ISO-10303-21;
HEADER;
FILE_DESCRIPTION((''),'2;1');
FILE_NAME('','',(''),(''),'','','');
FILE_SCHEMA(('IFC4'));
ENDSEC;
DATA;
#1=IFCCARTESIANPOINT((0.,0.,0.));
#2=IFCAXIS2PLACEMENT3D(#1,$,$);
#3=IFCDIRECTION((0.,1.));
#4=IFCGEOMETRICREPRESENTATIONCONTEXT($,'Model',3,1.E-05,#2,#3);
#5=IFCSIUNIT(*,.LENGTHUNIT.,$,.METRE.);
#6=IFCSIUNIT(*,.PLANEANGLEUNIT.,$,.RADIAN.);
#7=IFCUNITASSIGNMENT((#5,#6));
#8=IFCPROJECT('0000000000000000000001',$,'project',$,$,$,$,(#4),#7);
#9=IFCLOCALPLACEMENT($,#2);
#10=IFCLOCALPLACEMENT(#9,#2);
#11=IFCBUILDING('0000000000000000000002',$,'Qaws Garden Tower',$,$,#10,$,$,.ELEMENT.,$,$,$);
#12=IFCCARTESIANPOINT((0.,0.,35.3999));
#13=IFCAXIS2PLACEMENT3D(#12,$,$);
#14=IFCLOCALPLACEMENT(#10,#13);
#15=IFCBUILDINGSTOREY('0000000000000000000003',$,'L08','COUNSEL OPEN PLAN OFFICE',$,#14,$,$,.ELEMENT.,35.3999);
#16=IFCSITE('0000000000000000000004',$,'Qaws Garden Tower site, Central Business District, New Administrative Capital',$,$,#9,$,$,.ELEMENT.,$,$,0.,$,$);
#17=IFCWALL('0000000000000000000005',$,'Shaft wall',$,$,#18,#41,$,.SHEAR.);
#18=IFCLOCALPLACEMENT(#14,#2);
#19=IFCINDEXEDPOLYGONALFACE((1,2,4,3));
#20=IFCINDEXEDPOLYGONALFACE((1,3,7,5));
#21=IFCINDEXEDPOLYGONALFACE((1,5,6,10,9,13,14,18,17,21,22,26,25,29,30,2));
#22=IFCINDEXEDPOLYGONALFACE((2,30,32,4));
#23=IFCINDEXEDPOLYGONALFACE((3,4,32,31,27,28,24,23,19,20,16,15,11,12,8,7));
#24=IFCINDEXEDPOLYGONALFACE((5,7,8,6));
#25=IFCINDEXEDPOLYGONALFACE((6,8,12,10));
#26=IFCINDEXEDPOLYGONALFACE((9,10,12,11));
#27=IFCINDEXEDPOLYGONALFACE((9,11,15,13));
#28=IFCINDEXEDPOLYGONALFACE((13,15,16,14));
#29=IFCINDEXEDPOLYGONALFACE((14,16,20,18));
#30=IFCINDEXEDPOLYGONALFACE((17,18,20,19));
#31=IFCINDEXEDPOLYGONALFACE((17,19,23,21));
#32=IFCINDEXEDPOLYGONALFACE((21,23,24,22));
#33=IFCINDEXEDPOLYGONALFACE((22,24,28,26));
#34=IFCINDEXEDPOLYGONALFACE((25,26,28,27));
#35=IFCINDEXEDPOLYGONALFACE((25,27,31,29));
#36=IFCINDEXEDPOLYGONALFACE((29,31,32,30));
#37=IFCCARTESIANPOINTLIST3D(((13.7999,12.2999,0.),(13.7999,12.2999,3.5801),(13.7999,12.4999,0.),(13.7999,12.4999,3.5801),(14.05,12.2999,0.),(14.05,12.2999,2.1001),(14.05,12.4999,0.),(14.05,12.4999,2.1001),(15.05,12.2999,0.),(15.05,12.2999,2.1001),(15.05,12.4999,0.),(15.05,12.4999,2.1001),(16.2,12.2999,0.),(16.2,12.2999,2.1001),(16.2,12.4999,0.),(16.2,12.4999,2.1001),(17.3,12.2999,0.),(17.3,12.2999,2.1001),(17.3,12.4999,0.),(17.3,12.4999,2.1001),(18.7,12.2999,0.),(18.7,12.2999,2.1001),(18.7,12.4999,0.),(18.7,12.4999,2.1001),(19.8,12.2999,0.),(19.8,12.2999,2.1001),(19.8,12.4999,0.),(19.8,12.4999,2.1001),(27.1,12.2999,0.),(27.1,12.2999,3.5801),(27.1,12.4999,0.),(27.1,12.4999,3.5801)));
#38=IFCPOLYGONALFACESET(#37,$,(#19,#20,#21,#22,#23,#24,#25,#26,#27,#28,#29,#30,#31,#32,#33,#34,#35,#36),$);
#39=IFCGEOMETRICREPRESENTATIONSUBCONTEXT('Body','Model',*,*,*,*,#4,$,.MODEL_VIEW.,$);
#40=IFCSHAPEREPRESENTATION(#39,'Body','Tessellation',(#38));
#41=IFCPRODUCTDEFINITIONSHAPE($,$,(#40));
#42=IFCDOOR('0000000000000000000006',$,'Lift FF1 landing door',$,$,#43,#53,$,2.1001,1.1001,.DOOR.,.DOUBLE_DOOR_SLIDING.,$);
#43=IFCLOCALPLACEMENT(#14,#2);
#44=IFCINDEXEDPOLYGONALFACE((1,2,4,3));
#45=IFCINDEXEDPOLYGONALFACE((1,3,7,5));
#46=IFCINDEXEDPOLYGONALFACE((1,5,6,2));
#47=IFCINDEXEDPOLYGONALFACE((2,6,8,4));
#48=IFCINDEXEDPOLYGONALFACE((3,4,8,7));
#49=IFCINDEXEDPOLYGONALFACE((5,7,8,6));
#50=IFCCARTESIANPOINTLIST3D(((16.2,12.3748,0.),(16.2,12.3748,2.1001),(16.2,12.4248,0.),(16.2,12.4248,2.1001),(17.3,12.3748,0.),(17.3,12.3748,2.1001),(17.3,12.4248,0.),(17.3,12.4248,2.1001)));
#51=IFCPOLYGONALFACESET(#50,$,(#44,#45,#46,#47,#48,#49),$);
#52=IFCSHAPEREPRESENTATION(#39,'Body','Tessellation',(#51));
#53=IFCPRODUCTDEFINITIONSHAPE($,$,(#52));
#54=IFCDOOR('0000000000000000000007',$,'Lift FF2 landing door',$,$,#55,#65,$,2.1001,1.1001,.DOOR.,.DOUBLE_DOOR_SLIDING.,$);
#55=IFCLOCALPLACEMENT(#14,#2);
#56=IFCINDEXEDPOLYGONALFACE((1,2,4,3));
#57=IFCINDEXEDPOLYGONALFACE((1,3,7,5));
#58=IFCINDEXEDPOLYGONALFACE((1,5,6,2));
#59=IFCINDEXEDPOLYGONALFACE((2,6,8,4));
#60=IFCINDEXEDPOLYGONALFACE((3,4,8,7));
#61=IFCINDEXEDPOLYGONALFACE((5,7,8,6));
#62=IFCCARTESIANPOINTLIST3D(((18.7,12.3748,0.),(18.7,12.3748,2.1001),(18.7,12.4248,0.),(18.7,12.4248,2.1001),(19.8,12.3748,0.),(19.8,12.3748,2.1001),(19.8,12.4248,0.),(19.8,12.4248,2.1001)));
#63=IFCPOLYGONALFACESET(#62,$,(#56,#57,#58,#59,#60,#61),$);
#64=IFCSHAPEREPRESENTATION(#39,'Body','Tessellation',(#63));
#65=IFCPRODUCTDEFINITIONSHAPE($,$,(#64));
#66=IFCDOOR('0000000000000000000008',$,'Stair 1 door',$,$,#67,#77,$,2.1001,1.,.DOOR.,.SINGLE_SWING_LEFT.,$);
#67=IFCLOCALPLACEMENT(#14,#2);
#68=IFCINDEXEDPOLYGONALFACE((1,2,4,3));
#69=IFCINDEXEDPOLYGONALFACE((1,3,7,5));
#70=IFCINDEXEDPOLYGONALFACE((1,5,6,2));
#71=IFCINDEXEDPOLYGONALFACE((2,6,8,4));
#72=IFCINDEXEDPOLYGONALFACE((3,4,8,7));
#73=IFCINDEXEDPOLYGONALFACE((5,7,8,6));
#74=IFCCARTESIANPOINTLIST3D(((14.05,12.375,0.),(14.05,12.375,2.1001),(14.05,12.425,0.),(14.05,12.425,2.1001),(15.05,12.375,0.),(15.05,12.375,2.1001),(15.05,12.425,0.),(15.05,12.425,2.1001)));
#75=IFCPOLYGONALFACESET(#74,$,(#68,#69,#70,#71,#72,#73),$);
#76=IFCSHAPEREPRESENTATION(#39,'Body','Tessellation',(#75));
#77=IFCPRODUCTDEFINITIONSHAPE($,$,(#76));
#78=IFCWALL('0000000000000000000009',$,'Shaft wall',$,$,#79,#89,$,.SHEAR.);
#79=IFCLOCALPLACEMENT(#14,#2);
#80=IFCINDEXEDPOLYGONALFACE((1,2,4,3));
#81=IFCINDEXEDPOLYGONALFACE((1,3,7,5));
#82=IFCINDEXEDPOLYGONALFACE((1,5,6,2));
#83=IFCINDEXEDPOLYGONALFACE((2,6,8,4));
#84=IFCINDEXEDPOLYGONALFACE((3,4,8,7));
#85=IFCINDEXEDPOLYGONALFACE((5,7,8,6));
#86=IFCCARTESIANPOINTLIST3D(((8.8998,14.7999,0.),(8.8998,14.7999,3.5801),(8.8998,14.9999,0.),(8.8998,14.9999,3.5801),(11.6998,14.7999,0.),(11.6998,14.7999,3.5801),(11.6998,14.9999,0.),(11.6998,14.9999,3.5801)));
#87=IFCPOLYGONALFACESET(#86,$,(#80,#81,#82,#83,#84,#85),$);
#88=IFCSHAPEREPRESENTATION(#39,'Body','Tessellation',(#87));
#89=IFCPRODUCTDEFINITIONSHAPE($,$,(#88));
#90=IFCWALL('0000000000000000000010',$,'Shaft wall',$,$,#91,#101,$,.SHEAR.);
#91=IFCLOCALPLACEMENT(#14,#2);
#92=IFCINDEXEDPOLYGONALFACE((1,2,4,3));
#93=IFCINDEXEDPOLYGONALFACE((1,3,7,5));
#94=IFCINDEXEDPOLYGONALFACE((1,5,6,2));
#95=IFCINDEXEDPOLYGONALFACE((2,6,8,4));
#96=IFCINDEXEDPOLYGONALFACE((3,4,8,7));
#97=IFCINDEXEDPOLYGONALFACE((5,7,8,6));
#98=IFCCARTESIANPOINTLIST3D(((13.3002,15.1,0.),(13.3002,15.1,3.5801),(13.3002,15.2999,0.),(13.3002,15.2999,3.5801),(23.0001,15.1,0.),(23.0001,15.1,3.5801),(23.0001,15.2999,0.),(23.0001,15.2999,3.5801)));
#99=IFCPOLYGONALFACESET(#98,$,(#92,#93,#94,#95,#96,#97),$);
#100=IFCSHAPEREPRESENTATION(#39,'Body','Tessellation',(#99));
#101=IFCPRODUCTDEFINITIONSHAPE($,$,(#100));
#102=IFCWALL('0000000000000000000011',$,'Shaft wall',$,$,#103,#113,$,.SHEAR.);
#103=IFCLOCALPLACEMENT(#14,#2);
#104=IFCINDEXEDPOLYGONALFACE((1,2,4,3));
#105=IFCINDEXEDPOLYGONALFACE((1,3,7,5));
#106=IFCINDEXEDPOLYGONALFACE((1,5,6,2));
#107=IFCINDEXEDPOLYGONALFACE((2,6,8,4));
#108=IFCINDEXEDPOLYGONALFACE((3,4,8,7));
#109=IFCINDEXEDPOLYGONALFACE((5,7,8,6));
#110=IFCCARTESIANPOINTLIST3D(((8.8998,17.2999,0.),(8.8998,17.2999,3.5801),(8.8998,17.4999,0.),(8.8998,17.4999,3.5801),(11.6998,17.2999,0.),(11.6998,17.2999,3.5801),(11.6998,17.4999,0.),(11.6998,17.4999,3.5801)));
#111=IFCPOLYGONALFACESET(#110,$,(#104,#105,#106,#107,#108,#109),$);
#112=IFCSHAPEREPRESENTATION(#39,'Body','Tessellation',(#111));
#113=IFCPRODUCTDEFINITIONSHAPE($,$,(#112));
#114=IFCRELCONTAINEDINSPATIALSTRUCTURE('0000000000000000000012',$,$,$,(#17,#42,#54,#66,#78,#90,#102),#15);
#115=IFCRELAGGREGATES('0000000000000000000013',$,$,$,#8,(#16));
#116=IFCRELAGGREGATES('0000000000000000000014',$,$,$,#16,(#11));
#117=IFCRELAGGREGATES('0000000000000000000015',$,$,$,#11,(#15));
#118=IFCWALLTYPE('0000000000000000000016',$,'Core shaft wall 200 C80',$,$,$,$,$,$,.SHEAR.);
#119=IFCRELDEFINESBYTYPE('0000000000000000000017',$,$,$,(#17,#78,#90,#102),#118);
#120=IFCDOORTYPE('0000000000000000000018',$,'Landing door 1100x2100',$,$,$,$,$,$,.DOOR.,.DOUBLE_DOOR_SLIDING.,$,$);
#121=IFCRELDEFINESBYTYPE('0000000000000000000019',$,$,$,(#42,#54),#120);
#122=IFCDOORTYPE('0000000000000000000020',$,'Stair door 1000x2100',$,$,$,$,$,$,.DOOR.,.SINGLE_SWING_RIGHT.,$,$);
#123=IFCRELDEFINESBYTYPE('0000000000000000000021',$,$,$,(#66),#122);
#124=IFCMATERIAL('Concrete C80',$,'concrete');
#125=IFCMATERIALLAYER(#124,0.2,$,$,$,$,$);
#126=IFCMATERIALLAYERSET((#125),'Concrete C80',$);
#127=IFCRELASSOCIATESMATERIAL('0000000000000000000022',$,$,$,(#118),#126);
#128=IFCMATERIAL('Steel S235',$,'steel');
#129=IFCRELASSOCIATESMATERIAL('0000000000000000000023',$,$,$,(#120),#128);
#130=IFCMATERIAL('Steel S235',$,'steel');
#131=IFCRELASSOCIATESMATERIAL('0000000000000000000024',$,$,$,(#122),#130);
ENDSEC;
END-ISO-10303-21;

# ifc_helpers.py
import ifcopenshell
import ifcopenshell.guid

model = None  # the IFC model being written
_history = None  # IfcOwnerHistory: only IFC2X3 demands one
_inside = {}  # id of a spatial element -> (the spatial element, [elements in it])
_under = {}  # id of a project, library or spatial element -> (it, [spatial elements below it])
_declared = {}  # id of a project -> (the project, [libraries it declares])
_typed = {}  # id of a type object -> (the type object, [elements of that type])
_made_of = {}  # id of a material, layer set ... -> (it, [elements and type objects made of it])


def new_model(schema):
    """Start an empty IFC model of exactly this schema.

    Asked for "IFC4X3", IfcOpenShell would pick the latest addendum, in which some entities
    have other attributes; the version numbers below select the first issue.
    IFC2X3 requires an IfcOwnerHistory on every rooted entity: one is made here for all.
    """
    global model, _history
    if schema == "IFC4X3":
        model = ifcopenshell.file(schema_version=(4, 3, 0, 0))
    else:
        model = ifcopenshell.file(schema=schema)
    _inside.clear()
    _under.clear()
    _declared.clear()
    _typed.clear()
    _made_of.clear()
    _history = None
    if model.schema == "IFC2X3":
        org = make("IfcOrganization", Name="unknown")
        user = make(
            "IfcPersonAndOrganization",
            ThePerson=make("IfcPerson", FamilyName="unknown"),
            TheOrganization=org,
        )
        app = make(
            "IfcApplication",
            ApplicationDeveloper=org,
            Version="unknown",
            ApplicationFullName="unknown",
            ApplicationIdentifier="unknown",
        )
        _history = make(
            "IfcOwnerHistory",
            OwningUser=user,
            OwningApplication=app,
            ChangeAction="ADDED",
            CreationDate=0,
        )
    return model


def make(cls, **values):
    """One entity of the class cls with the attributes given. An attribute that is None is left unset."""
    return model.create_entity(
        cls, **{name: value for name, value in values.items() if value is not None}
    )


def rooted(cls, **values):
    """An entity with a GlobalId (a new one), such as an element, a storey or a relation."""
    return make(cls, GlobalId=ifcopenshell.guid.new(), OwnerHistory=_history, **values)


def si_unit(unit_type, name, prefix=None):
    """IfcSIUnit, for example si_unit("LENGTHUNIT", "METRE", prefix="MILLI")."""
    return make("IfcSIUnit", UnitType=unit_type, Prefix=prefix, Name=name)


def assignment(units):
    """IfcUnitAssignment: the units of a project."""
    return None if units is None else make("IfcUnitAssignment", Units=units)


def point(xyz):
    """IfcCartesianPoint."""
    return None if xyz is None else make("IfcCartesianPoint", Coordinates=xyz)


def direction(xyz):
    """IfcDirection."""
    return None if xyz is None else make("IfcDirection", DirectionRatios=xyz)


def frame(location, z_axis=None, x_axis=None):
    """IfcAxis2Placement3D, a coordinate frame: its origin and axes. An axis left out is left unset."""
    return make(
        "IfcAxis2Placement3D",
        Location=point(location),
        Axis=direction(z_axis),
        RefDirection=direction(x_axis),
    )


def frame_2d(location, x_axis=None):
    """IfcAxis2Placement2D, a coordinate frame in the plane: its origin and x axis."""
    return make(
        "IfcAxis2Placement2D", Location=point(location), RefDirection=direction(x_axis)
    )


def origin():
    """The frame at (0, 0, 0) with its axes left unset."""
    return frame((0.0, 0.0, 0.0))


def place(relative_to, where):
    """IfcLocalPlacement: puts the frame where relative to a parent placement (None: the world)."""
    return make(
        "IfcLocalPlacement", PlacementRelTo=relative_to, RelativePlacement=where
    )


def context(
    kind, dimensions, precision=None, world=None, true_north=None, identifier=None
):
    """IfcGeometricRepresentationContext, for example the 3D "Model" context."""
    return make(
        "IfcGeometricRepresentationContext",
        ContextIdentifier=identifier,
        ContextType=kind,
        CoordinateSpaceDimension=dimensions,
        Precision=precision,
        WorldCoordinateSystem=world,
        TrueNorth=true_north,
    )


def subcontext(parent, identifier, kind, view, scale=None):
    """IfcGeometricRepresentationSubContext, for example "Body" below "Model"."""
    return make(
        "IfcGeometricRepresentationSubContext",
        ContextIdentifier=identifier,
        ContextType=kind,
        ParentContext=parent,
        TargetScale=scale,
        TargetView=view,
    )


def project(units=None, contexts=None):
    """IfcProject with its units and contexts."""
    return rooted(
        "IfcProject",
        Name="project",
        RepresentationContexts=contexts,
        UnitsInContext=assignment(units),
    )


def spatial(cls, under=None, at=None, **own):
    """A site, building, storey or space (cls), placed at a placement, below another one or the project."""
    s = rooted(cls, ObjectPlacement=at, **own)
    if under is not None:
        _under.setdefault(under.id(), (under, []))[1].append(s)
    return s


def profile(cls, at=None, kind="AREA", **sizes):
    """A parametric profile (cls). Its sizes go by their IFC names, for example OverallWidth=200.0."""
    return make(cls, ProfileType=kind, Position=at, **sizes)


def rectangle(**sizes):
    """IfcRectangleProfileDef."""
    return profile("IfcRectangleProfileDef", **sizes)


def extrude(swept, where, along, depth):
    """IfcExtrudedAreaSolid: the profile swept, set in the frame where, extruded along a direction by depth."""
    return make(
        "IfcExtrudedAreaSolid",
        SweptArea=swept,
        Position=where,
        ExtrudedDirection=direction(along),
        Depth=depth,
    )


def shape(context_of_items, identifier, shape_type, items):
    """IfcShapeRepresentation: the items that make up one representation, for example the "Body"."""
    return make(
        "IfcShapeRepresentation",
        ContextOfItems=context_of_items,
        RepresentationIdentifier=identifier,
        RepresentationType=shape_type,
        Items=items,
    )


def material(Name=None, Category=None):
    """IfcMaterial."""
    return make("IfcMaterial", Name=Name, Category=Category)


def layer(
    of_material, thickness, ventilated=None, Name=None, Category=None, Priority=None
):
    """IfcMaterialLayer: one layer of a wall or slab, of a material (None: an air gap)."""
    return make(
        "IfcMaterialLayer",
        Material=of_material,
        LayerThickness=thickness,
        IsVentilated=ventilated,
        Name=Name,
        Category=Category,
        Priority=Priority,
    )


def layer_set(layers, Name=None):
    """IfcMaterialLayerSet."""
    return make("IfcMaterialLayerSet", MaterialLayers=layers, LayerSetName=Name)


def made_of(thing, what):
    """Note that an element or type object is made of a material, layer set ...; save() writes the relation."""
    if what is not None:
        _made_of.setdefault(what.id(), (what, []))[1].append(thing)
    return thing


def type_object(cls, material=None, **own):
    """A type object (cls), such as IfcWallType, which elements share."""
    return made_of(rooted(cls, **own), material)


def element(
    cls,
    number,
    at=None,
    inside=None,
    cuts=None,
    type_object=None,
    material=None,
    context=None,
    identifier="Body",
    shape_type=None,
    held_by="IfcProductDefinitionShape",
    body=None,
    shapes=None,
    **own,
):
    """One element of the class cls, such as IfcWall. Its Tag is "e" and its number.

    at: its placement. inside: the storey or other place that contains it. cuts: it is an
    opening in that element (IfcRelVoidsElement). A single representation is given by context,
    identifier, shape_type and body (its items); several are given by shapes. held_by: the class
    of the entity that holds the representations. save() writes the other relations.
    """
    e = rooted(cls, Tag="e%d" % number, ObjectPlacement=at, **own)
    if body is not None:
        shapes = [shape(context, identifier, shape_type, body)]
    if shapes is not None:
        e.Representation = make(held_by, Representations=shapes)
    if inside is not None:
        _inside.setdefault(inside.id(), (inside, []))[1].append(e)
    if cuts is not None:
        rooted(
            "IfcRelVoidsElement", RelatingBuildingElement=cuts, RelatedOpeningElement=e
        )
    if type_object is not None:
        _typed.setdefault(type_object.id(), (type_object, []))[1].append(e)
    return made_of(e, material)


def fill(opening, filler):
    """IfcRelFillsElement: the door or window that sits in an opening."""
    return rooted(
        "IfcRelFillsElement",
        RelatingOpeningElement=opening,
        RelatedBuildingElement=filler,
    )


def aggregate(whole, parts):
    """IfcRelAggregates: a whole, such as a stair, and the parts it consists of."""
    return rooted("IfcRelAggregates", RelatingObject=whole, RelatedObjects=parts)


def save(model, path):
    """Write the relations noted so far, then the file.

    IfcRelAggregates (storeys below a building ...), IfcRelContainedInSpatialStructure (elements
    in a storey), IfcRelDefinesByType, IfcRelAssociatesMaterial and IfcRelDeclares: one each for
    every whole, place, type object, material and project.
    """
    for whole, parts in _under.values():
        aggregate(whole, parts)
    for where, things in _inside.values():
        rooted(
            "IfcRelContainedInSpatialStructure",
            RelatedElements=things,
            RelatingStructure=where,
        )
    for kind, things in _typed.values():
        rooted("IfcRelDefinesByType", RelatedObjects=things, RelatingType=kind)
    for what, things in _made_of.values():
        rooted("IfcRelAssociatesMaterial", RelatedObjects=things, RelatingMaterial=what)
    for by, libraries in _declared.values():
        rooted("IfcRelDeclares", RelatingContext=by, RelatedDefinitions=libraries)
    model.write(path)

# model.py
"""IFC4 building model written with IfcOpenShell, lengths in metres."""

from ifc_helpers import new_model, si_unit, direction, frame, frame_2d, origin, place, context, subcontext, project, spatial, rectangle, extrude, material, layer, layer_set, type_object, element, fill, save


model = new_model("IFC4")

# Units and contexts
model_context = context("Model", 3, precision=1e-05, world=origin(), true_north=direction((0.0, 1.0)))
body_context = subcontext(model_context, "Body", "Model", "MODEL_VIEW")
ifc_project = project(units=[si_unit("LENGTHUNIT", "METRE"), si_unit("PLANEANGLEUNIT", "RADIAN")], contexts=[model_context])

# Site, building, storey
site_placement = place(None, origin())
site = spatial("IfcSite", under=ifc_project, at=site_placement, Name="Qaws Garden Tower site, Central Business District, New Administrative Capital", CompositionType="ELEMENT", RefElevation=0.0)
building_placement = place(site_placement, origin())
building = spatial("IfcBuilding", under=site, at=building_placement, Name="Qaws Garden Tower", CompositionType="ELEMENT")
storey_placement = place(building_placement, frame((0.0, 0.0, 35.3999)))
storey = spatial("IfcBuildingStorey", under=building, at=storey_placement, Name="L08", Description="COUNSEL OPEN PLAN OFFICE", CompositionType="ELEMENT", Elevation=35.3999)

# Shared definitions
ifc_material_1 = material(Name="Concrete C80", Category="concrete")
ifc_layer_1 = layer(ifc_material_1, 0.2)
ifc_layer_set_1 = layer_set([ifc_layer_1], Name="Concrete C80")
wall_type_1 = type_object("IfcWallType", Name="Core shaft wall 200 C80", PredefinedType="SHEAR", material=ifc_layer_set_1)

# Wall, openings, doors
wall_1_placement = place(storey_placement, frame((13.8, 12.3999, 0.0), z_axis=(0.0, 0.0, 1.0), x_axis=(1.0, 0.0, 0.0)))
wall_1 = element("IfcWall", 1, at=wall_1_placement, inside=storey, type_object=wall_type_1, Name="Shaft wall", PredefinedType="SHEAR", context=body_context, shape_type="SweptSolid", body=[
    extrude(rectangle(XDim=13.3, YDim=0.2, at=frame_2d((6.6499, 0.0))), origin(), (0.0, 0.0, 1.0), 3.5801),
])
opening_1_placement = place(wall_1_placement, frame((2.3999, 0.0, 0.0)))
opening_1 = element("IfcOpeningElement", 2, at=opening_1_placement, cuts=wall_1, PredefinedType="OPENING", context=body_context, shape_type="SweptSolid", body=[
    extrude(rectangle(XDim=1.1001, YDim=2.1001, at=frame_2d((0.55, 1.05))), frame((0.0, 0.1099, 0.0), z_axis=(0.0, -1.0, 0.0), x_axis=(1.0, 0.0, 0.0)), (0.0, 0.0, 1.0), 0.22),
])
opening_2_placement = place(wall_1_placement, frame((4.8999, 0.0, 0.0)))
opening_2 = element("IfcOpeningElement", 3, at=opening_2_placement, cuts=wall_1, PredefinedType="OPENING", context=body_context, shape_type="SweptSolid", body=[
    extrude(rectangle(XDim=1.1001, YDim=2.1001, at=frame_2d((0.55, 1.05))), frame((0.0, 0.1099, 0.0), z_axis=(0.0, -1.0, 0.0), x_axis=(1.0, 0.0, 0.0)), (0.0, 0.0, 1.0), 0.22),
])
opening_3_placement = place(wall_1_placement, frame((0.25, 0.0, 0.0)))
opening_3 = element("IfcOpeningElement", 4, at=opening_3_placement, cuts=wall_1, PredefinedType="OPENING", context=body_context, shape_type="SweptSolid", body=[
    extrude(rectangle(XDim=1.0, YDim=2.1001, at=frame_2d((0.5, 1.05))), frame((0.0, 0.1099, 0.0), z_axis=(0.0, -1.0, 0.0), x_axis=(1.0, 0.0, 0.0)), (0.0, 0.0, 1.0), 0.22),
])
ifc_material_2 = material(Name="Steel S235", Category="steel")
door_type_1 = type_object("IfcDoorType", Name="Landing door 1100x2100", OperationType="DOUBLE_DOOR_SLIDING", PredefinedType="DOOR", material=ifc_material_2)
door_1_placement = place(opening_1_placement, origin())
door_1 = element("IfcDoor", 5, at=door_1_placement, inside=storey, type_object=door_type_1, Name="Lift FF1 landing door", OperationType="DOUBLE_DOOR_SLIDING", OverallHeight=2.1001, OverallWidth=1.1001, PredefinedType="DOOR", context=body_context, shape_type="SweptSolid", body=[
    extrude(rectangle(XDim=1.1001, YDim=2.1001, at=frame_2d((0.55, 1.05))), frame((0.0, 0.0249, 0.0), z_axis=(0.0, -1.0, 0.0), x_axis=(1.0, 0.0, 0.0)), (0.0, 0.0, 1.0), 0.05),
])
fill(opening_1, door_1)
door_2_placement = place(opening_2_placement, origin())
door_2 = element("IfcDoor", 6, at=door_2_placement, inside=storey, type_object=door_type_1, Name="Lift FF2 landing door", OperationType="DOUBLE_DOOR_SLIDING", OverallHeight=2.1001, OverallWidth=1.1001, PredefinedType="DOOR", context=body_context, shape_type="SweptSolid", body=[
    extrude(rectangle(XDim=1.1001, YDim=2.1001, at=frame_2d((0.55, 1.05))), frame((0.0, 0.0249, 0.0), z_axis=(0.0, -1.0, 0.0), x_axis=(1.0, 0.0, 0.0)), (0.0, 0.0, 1.0), 0.05),
])
fill(opening_2, door_2)
ifc_material_3 = material(Name="Steel S235", Category="steel")
door_type_2 = type_object("IfcDoorType", Name="Stair door 1000x2100", OperationType="SINGLE_SWING_RIGHT", PredefinedType="DOOR", material=ifc_material_3)
door_3_placement = place(opening_3_placement, frame((1.0, 0.0, 0.0), z_axis=(0.0, 0.0, 1.0), x_axis=(-1.0, 0.0, 0.0)))
door_3 = element("IfcDoor", 7, at=door_3_placement, inside=storey, type_object=door_type_2, Name="Stair 1 door", OperationType="SINGLE_SWING_LEFT", OverallHeight=2.1001, OverallWidth=1.0, PredefinedType="DOOR", context=body_context, shape_type="SweptSolid", body=[
    extrude(rectangle(XDim=1.0, YDim=2.1001, at=frame_2d((0.5, 1.05))), frame((0.0, 0.0249, 0.0), z_axis=(0.0, -1.0, 0.0), x_axis=(1.0, 0.0, 0.0)), (0.0, 0.0, 1.0), 0.05),
])
fill(opening_3, door_3)

# Walls
wall_2_placement = place(storey_placement, frame((8.8999, 14.8999, 0.0), z_axis=(0.0, 0.0, 1.0), x_axis=(1.0, 0.0, 0.0)))
element("IfcWall", 8, at=wall_2_placement, inside=storey, type_object=wall_type_1, Name="Shaft wall", PredefinedType="SHEAR", context=body_context, shape_type="SweptSolid", body=[
    extrude(rectangle(XDim=2.8, YDim=0.2, at=frame_2d((1.3999, 0.0))), origin(), (0.0, 0.0, 1.0), 3.5801),
])
wall_3_placement = place(storey_placement, frame((13.3, 15.2, 0.0), z_axis=(0.0, 0.0, 1.0), x_axis=(1.0, 0.0, 0.0)))
element("IfcWall", 9, at=wall_3_placement, inside=storey, type_object=wall_type_1, Name="Shaft wall", PredefinedType="SHEAR", context=body_context, shape_type="SweptSolid", body=[
    extrude(rectangle(XDim=9.7, YDim=0.2, at=frame_2d((4.8501, 0.0))), origin(), (0.0, 0.0, 1.0), 3.5801),
])
wall_4_placement = place(storey_placement, frame((8.8999, 17.3999, 0.0), z_axis=(0.0, 0.0, 1.0), x_axis=(1.0, 0.0, 0.0)))
element("IfcWall", 10, at=wall_4_placement, inside=storey, type_object=wall_type_1, Name="Shaft wall", PredefinedType="SHEAR", context=body_context, shape_type="SweptSolid", body=[
    extrude(rectangle(XDim=2.8, YDim=0.2, at=frame_2d((1.3999, 0.0))), origin(), (0.0, 0.0, 1.0), 3.5801),
])

save(model, "model.ifc")
